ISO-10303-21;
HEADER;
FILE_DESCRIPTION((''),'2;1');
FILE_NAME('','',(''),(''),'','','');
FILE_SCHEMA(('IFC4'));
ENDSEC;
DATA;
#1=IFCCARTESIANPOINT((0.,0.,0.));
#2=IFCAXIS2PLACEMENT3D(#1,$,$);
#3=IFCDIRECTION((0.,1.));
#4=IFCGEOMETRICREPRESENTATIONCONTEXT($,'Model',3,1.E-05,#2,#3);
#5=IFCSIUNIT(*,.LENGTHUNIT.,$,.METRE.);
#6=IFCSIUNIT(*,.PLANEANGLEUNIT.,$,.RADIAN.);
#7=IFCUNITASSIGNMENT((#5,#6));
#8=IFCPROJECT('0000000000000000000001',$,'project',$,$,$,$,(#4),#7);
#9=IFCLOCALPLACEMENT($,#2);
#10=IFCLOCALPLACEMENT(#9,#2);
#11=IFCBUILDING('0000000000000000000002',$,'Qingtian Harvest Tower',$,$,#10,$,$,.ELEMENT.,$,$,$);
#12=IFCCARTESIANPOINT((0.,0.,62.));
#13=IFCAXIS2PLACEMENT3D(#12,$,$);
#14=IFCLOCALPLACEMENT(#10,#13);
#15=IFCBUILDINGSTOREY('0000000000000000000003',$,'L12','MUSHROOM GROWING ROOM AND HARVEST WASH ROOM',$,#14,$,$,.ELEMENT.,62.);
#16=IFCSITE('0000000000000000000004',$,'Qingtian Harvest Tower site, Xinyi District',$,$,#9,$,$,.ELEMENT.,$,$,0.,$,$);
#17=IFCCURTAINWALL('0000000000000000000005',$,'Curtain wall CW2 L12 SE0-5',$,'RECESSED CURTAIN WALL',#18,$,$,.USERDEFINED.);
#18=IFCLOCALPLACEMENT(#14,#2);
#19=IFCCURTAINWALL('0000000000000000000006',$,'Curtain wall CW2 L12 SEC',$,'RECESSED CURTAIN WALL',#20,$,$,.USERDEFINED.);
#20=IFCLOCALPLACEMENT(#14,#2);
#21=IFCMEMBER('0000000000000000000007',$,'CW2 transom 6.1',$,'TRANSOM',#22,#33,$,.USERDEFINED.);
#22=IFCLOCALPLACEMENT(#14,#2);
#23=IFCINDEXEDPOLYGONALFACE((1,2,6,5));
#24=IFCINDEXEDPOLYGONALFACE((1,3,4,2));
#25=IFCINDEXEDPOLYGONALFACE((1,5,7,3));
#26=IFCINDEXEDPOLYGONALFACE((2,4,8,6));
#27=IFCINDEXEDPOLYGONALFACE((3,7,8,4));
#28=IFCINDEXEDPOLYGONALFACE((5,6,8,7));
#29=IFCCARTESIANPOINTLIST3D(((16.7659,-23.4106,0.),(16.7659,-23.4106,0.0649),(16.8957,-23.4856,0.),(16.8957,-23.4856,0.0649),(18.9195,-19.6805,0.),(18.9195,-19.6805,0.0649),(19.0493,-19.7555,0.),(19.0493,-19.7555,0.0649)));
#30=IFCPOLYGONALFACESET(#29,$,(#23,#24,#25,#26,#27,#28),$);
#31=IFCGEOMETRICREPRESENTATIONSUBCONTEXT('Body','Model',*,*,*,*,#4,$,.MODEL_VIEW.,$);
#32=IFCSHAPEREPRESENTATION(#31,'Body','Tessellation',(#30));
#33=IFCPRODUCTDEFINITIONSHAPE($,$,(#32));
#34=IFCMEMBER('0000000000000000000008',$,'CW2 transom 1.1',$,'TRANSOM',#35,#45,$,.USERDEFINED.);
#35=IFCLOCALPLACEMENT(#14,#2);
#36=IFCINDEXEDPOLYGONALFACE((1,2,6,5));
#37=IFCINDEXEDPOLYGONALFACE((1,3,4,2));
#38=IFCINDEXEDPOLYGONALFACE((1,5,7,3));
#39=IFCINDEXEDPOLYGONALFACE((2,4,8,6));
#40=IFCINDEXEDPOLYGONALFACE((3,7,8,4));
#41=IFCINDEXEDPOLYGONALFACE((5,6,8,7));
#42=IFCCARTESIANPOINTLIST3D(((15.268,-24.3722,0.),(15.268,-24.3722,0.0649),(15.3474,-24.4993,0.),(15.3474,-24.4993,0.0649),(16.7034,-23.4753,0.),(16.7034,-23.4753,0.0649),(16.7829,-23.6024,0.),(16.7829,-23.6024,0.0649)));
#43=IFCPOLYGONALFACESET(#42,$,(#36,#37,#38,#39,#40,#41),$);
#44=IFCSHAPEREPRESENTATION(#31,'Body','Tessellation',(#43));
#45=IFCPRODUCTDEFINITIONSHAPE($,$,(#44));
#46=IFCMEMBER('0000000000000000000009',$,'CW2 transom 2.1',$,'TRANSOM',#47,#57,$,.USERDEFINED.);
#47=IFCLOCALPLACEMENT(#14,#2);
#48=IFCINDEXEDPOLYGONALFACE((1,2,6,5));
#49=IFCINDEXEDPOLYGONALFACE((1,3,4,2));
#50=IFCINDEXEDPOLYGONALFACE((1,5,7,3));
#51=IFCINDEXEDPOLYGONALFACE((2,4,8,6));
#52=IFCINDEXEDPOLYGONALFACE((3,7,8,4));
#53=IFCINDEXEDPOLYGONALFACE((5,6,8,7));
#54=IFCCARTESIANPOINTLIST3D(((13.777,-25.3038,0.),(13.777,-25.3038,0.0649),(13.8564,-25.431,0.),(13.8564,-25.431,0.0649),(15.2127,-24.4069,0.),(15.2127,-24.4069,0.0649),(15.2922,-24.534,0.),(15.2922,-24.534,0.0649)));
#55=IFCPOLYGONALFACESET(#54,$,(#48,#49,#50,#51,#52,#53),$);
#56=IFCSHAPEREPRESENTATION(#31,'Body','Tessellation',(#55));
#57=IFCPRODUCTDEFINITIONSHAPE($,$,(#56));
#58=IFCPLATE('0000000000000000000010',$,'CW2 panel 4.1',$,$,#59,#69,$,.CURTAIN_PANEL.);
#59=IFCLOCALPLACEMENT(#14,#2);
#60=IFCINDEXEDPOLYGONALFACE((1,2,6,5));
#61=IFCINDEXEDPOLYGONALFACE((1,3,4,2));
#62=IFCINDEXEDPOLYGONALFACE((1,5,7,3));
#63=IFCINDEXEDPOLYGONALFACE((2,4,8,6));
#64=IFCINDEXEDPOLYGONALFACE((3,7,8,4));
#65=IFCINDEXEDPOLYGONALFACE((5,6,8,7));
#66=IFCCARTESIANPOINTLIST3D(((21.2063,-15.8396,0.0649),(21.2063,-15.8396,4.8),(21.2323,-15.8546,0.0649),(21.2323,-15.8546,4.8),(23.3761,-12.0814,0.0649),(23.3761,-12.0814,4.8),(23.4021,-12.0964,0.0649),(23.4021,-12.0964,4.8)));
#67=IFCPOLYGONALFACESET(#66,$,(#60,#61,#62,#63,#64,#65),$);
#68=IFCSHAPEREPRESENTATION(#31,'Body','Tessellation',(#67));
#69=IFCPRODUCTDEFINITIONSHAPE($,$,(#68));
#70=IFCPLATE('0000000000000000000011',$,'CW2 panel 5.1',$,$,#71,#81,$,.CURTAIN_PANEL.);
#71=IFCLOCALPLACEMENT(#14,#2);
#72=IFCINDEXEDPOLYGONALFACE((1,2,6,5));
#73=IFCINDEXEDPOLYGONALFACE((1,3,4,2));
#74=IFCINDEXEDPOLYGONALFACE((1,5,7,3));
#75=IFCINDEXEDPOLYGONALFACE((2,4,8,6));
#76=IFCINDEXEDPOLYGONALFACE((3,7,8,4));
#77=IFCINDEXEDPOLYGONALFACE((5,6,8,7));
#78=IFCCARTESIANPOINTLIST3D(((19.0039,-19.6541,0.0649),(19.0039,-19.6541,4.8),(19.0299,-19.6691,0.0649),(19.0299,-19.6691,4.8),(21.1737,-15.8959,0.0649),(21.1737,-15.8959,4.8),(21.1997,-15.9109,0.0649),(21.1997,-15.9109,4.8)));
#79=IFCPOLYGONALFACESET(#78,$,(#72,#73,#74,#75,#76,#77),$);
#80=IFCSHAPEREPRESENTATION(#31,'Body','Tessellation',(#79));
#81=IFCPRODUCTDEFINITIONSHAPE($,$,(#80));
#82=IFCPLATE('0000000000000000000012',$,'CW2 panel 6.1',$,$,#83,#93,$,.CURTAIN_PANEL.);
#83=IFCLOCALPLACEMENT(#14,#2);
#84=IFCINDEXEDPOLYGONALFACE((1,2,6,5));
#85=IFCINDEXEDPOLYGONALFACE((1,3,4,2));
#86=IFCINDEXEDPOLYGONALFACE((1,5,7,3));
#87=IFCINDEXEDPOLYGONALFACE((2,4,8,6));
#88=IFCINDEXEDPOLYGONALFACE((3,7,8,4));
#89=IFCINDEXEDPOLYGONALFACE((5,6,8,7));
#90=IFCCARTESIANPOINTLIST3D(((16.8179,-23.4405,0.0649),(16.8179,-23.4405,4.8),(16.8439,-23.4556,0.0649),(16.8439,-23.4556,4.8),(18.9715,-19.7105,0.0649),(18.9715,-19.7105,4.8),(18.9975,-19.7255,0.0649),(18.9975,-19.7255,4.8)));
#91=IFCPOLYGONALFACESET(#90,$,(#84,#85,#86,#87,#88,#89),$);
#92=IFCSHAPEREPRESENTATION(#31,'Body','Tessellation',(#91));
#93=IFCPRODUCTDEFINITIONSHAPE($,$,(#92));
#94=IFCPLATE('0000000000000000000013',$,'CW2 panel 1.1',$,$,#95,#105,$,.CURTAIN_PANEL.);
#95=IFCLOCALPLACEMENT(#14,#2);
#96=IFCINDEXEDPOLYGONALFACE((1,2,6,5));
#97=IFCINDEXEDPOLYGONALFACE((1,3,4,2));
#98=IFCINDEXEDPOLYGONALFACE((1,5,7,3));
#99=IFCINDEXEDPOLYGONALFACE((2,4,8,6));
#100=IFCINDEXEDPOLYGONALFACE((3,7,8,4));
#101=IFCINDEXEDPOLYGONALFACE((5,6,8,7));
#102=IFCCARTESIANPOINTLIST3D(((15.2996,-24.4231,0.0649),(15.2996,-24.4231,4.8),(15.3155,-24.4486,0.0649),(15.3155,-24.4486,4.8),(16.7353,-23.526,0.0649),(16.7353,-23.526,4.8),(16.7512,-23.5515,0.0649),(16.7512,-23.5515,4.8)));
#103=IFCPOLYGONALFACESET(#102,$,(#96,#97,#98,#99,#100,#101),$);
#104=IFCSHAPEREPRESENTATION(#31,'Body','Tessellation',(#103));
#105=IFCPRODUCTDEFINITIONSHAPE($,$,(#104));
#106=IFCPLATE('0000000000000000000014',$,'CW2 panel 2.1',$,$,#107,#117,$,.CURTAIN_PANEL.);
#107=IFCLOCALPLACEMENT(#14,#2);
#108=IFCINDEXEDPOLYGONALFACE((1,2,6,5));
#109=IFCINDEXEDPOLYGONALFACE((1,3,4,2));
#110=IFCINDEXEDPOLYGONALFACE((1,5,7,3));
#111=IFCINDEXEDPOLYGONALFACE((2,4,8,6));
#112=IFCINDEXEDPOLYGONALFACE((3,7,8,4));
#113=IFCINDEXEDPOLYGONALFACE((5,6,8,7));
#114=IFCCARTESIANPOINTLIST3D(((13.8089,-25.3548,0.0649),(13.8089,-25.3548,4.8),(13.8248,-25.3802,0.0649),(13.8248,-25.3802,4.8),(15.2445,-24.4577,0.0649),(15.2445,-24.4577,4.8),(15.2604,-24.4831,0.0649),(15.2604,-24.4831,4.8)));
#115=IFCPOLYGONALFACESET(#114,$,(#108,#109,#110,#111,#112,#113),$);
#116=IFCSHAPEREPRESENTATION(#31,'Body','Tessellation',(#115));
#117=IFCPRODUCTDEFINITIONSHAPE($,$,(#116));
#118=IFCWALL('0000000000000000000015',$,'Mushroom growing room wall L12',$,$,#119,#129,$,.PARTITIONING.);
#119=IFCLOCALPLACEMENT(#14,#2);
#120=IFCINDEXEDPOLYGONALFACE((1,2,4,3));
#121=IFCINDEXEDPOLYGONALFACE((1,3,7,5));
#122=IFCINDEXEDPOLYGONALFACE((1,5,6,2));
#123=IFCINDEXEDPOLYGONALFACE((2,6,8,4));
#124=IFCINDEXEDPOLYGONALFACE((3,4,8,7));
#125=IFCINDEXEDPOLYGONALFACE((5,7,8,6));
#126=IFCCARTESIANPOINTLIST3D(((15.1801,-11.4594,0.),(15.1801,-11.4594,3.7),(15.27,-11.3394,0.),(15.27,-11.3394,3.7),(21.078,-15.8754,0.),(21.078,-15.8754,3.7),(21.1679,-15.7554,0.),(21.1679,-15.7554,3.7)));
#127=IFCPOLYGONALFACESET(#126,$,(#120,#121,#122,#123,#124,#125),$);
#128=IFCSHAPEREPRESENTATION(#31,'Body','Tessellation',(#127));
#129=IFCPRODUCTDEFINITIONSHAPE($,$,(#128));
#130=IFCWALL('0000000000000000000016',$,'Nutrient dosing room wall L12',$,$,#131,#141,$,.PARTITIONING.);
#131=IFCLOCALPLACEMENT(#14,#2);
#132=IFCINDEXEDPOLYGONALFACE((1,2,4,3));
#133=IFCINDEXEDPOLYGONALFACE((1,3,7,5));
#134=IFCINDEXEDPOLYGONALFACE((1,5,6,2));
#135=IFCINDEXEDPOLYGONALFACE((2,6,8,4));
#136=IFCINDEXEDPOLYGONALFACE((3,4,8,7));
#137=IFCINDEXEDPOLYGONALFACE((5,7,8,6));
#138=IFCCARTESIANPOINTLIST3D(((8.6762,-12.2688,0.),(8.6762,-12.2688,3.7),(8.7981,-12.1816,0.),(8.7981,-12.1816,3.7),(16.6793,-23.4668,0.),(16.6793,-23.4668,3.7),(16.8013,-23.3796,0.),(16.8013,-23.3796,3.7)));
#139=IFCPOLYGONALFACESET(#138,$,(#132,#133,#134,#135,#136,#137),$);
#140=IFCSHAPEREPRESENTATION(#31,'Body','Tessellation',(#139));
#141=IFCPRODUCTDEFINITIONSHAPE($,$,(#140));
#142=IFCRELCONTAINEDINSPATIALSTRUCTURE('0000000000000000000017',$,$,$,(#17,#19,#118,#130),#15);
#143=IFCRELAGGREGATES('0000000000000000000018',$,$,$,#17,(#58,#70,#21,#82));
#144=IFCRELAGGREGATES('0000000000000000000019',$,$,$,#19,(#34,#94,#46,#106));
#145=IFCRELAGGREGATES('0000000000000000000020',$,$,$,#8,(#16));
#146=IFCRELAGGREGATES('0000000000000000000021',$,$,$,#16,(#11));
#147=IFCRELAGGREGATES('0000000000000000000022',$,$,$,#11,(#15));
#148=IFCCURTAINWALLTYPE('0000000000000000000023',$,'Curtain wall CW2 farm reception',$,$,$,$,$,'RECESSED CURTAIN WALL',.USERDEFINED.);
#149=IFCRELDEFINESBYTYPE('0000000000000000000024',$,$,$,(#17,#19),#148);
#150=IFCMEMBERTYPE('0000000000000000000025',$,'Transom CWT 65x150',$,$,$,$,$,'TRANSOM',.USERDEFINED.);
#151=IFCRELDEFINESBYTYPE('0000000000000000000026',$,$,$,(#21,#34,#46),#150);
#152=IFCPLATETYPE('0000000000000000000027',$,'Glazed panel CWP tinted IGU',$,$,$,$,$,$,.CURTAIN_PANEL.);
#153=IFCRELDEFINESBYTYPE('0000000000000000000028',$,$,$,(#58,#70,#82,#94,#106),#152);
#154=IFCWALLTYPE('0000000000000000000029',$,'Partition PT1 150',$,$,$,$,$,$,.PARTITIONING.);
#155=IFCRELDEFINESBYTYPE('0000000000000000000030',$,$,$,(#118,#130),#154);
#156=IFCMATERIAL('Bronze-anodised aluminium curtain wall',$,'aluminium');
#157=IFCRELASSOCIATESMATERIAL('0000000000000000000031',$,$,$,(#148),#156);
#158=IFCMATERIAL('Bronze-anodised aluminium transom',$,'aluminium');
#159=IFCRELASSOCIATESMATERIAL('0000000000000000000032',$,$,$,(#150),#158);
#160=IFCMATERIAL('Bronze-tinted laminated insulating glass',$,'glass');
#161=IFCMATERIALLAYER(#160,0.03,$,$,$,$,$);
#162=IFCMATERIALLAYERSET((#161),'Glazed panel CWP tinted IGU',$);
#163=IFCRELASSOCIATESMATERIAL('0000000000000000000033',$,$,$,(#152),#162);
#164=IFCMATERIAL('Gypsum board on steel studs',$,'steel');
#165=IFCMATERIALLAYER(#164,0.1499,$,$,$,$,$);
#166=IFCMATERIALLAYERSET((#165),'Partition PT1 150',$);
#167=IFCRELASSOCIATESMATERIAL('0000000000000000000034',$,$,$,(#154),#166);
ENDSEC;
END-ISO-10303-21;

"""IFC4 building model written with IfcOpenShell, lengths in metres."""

from ifc_helpers import new_model, si_unit, direction, frame, frame_2d, origin, origin_2d, place, context, subcontext, project, spatial, rectangle, extrude, material, layer, layer_set, material_profile, profile_set, type_object, element, aggregate, save


model = new_model("IFC4")

# Units and contexts
model_context = context("Model", 3, precision=1e-05, world=origin(), true_north=direction((0.0, 1.0)))
body_context = subcontext(model_context, "Body", "Model", "MODEL_VIEW")
ifc_project = project(units=[si_unit("LENGTHUNIT", "METRE"), si_unit("PLANEANGLEUNIT", "RADIAN")], contexts=[model_context])

# Site, building, storey
site_placement = place(None, origin())
site = spatial("IfcSite", under=ifc_project, at=site_placement, Name="Qingtian Harvest Tower site, Xinyi District", CompositionType="ELEMENT", RefElevation=0.0)
building_placement = place(site_placement, origin())
building = spatial("IfcBuilding", under=site, at=building_placement, Name="Qingtian Harvest Tower", CompositionType="ELEMENT")
storey_placement = place(building_placement, frame((0.0, 0.0, 62.0)))
storey = spatial("IfcBuildingStorey", under=building, at=storey_placement, Name="L12", Description="MUSHROOM GROWING ROOM AND HARVEST WASH ROOM", CompositionType="ELEMENT", Elevation=62.0)

# Curtain walls
ifc_material_1 = material(Name="Bronze-anodised aluminium curtain wall", Category="aluminium")
curtain_wall_type = type_object("IfcCurtainWallType", Name="Curtain wall CW2 farm reception", ElementType="RECESSED CURTAIN WALL", PredefinedType="USERDEFINED", material=ifc_material_1)
curtain_wall_1_placement = place(storey_placement, origin())
curtain_wall_1 = element("IfcCurtainWall", 1, at=curtain_wall_1_placement, inside=storey, type_object=curtain_wall_type, Name="Curtain wall CW2 L12 SE0-5", ObjectType="RECESSED CURTAIN WALL", PredefinedType="USERDEFINED")
curtain_wall_2_placement = place(storey_placement, origin())
curtain_wall_2 = element("IfcCurtainWall", 2, at=curtain_wall_2_placement, inside=storey, type_object=curtain_wall_type, Name="Curtain wall CW2 L12 SEC", ObjectType="RECESSED CURTAIN WALL", PredefinedType="USERDEFINED")

# Members
ifc_material_2 = material(Name="Bronze-anodised aluminium transom", Category="aluminium")
ifc_material_profile_1 = material_profile(ifc_material_2, rectangle(XDim=0.1499, YDim=0.0649, at=origin_2d()), Name="AL 65x150")
ifc_profile_set_1 = profile_set([ifc_material_profile_1], Name="Bronze-anodised aluminium transom")
member_type_1 = type_object("IfcMemberType", Name="Transom CWT 65x150", ElementType="TRANSOM", PredefinedType="USERDEFINED", material=ifc_profile_set_1)
member_1_placement = place(storey_placement, frame((18.9844, -19.718, 0.0325), z_axis=(-0.50001, -0.866019, 0.0), x_axis=(0.866019, -0.50001, 0.0)))
member_1 = element("IfcMember", 3, at=member_1_placement, type_object=member_type_1, Name="CW2 transom 6.1", ObjectType="TRANSOM", PredefinedType="USERDEFINED", context=body_context, shape_type="SweptSolid", body=[
    extrude(rectangle(XDim=0.1499, YDim=0.0649, at=origin_2d()), origin(), (0.0, 0.0, 1.0), 4.3071),
])
member_2_placement = place(storey_placement, frame((16.7432, -23.5388, 0.0325), z_axis=(-0.848063, -0.529895, 0.0), x_axis=(0.529895, -0.848063, 0.0)))
member_2 = element("IfcMember", 4, at=member_2_placement, type_object=member_type_1, Name="CW2 transom 1.1", ObjectType="TRANSOM", PredefinedType="USERDEFINED", context=body_context, shape_type="SweptSolid", body=[
    extrude(rectangle(XDim=0.1499, YDim=0.0649, at=origin_2d()), origin(), (0.0, 0.0, 1.0), 1.6926),
])
member_3_placement = place(storey_placement, frame((15.2524, -24.4705, 0.0325), z_axis=(-0.848104, -0.52983, 0.0), x_axis=(0.52983, -0.848104, 0.0)))
member_3 = element("IfcMember", 5, at=member_3_placement, type_object=member_type_1, Name="CW2 transom 2.1", ObjectType="TRANSOM", PredefinedType="USERDEFINED", context=body_context, shape_type="SweptSolid", body=[
    extrude(rectangle(XDim=0.1499, YDim=0.0649, at=origin_2d()), origin(), (0.0, 0.0, 1.0), 1.6929),
])

# Plates
ifc_material_3 = material(Name="Bronze-tinted laminated insulating glass", Category="glass")
ifc_layer_1 = layer(ifc_material_3, 0.03)
ifc_layer_set_1 = layer_set([ifc_layer_1], Name="Glazed panel CWP tinted IGU")
plate_type = type_object("IfcPlateType", Name="Glazed panel CWP tinted IGU", PredefinedType="CURTAIN_PANEL", material=ifc_layer_set_1)
plate_1_placement = place(storey_placement, frame((22.3042, -13.968, 0.0649), z_axis=(0.0, 0.0, 1.0), x_axis=(-0.5, -0.866025, 0.0)))
plate_1 = element("IfcPlate", 6, at=plate_1_placement, type_object=plate_type, Name="CW2 panel 4.1", PredefinedType="CURTAIN_PANEL", context=body_context, shape_type="SweptSolid", body=[
    extrude(rectangle(XDim=4.3396, YDim=0.03, at=origin_2d()), origin(), (0.0, 0.0, 1.0), 4.7351),
])
plate_2_placement = place(storey_placement, frame((20.1018, -17.7825, 0.0649), z_axis=(0.0, 0.0, 1.0), x_axis=(-0.5, -0.866025, 0.0)))
plate_2 = element("IfcPlate", 7, at=plate_2_placement, type_object=plate_type, Name="CW2 panel 5.1", PredefinedType="CURTAIN_PANEL", context=body_context, shape_type="SweptSolid", body=[
    extrude(rectangle(XDim=4.3396, YDim=0.03, at=origin_2d()), origin(), (0.0, 0.0, 1.0), 4.7351),
])
plate_3_placement = place(storey_placement, frame((17.9077, -21.583, 0.0649), z_axis=(0.0, 0.0, 1.0), x_axis=(-0.5, -0.866025, 0.0)))
plate_3 = element("IfcPlate", 8, at=plate_3_placement, type_object=plate_type, Name="CW2 panel 6.1", PredefinedType="CURTAIN_PANEL", context=body_context, shape_type="SweptSolid", body=[
    extrude(rectangle(XDim=4.3071, YDim=0.03, at=origin_2d()), origin(), (0.0, 0.0, 1.0), 4.7351),
])
aggregate(curtain_wall_1, [plate_1, plate_2, member_1, plate_3])
plate_4_placement = place(storey_placement, frame((16.0254, -23.9873, 0.0649), z_axis=(0.0, 0.0, 1.0), x_axis=(-0.848048, -0.529919, 0.0)))
plate_4 = element("IfcPlate", 9, at=plate_4_placement, type_object=plate_type, Name="CW2 panel 1.1", PredefinedType="CURTAIN_PANEL", context=body_context, shape_type="SweptSolid", body=[
    extrude(rectangle(XDim=1.6929, YDim=0.03, at=origin_2d()), origin(), (0.0, 0.0, 1.0), 4.7351),
])
plate_5_placement = place(storey_placement, frame((14.5347, -24.9189, 0.0649), z_axis=(0.0, 0.0, 1.0), x_axis=(-0.848048, -0.529919, 0.0)))
plate_5 = element("IfcPlate", 10, at=plate_5_placement, type_object=plate_type, Name="CW2 panel 2.1", PredefinedType="CURTAIN_PANEL", context=body_context, shape_type="SweptSolid", body=[
    extrude(rectangle(XDim=1.6929, YDim=0.03, at=origin_2d()), origin(), (0.0, 0.0, 1.0), 4.7351),
])
aggregate(curtain_wall_2, [member_2, plate_4, member_3, plate_5])

# Walls
ifc_material_4 = material(Name="Gypsum board on steel studs", Category="steel")
ifc_layer_2 = layer(ifc_material_4, 0.1499)
ifc_layer_set_2 = layer_set([ifc_layer_2], Name="Partition PT1 150")
wall_type = type_object("IfcWallType", Name="Partition PT1 150", PredefinedType="PARTITIONING", material=ifc_layer_set_2)
wall_1_placement = place(storey_placement, frame((21.123, -15.8154, 0.0), z_axis=(0.0, 0.0, 1.0), x_axis=(-0.800485, 0.599353, 0.0)))
element("IfcWall", 11, at=wall_1_placement, inside=storey, type_object=wall_type, Name="Mushroom growing room wall L12", PredefinedType="PARTITIONING", context=body_context, shape_type="SweptSolid", body=[
    extrude(rectangle(XDim=7.3679, YDim=0.1499, at=frame_2d((3.6841, 0.0))), origin(), (0.0, 0.0, 1.0), 3.7),
])
wall_2_placement = place(storey_placement, frame((16.7402, -23.4231, 0.0), z_axis=(0.0, 0.0, 1.0), x_axis=(-0.58146, 0.813575, 0.0)))
element("IfcWall", 12, at=wall_2_placement, inside=storey, type_object=wall_type, Name="Nutrient dosing room wall L12", PredefinedType="PARTITIONING", context=body_context, shape_type="SweptSolid", body=[
    extrude(rectangle(XDim=13.7639, YDim=0.1499, at=frame_2d((6.8818, 0.0))), origin(), (0.0, 0.0, 1.0), 3.7),
])

save(model, "model.ifc")
